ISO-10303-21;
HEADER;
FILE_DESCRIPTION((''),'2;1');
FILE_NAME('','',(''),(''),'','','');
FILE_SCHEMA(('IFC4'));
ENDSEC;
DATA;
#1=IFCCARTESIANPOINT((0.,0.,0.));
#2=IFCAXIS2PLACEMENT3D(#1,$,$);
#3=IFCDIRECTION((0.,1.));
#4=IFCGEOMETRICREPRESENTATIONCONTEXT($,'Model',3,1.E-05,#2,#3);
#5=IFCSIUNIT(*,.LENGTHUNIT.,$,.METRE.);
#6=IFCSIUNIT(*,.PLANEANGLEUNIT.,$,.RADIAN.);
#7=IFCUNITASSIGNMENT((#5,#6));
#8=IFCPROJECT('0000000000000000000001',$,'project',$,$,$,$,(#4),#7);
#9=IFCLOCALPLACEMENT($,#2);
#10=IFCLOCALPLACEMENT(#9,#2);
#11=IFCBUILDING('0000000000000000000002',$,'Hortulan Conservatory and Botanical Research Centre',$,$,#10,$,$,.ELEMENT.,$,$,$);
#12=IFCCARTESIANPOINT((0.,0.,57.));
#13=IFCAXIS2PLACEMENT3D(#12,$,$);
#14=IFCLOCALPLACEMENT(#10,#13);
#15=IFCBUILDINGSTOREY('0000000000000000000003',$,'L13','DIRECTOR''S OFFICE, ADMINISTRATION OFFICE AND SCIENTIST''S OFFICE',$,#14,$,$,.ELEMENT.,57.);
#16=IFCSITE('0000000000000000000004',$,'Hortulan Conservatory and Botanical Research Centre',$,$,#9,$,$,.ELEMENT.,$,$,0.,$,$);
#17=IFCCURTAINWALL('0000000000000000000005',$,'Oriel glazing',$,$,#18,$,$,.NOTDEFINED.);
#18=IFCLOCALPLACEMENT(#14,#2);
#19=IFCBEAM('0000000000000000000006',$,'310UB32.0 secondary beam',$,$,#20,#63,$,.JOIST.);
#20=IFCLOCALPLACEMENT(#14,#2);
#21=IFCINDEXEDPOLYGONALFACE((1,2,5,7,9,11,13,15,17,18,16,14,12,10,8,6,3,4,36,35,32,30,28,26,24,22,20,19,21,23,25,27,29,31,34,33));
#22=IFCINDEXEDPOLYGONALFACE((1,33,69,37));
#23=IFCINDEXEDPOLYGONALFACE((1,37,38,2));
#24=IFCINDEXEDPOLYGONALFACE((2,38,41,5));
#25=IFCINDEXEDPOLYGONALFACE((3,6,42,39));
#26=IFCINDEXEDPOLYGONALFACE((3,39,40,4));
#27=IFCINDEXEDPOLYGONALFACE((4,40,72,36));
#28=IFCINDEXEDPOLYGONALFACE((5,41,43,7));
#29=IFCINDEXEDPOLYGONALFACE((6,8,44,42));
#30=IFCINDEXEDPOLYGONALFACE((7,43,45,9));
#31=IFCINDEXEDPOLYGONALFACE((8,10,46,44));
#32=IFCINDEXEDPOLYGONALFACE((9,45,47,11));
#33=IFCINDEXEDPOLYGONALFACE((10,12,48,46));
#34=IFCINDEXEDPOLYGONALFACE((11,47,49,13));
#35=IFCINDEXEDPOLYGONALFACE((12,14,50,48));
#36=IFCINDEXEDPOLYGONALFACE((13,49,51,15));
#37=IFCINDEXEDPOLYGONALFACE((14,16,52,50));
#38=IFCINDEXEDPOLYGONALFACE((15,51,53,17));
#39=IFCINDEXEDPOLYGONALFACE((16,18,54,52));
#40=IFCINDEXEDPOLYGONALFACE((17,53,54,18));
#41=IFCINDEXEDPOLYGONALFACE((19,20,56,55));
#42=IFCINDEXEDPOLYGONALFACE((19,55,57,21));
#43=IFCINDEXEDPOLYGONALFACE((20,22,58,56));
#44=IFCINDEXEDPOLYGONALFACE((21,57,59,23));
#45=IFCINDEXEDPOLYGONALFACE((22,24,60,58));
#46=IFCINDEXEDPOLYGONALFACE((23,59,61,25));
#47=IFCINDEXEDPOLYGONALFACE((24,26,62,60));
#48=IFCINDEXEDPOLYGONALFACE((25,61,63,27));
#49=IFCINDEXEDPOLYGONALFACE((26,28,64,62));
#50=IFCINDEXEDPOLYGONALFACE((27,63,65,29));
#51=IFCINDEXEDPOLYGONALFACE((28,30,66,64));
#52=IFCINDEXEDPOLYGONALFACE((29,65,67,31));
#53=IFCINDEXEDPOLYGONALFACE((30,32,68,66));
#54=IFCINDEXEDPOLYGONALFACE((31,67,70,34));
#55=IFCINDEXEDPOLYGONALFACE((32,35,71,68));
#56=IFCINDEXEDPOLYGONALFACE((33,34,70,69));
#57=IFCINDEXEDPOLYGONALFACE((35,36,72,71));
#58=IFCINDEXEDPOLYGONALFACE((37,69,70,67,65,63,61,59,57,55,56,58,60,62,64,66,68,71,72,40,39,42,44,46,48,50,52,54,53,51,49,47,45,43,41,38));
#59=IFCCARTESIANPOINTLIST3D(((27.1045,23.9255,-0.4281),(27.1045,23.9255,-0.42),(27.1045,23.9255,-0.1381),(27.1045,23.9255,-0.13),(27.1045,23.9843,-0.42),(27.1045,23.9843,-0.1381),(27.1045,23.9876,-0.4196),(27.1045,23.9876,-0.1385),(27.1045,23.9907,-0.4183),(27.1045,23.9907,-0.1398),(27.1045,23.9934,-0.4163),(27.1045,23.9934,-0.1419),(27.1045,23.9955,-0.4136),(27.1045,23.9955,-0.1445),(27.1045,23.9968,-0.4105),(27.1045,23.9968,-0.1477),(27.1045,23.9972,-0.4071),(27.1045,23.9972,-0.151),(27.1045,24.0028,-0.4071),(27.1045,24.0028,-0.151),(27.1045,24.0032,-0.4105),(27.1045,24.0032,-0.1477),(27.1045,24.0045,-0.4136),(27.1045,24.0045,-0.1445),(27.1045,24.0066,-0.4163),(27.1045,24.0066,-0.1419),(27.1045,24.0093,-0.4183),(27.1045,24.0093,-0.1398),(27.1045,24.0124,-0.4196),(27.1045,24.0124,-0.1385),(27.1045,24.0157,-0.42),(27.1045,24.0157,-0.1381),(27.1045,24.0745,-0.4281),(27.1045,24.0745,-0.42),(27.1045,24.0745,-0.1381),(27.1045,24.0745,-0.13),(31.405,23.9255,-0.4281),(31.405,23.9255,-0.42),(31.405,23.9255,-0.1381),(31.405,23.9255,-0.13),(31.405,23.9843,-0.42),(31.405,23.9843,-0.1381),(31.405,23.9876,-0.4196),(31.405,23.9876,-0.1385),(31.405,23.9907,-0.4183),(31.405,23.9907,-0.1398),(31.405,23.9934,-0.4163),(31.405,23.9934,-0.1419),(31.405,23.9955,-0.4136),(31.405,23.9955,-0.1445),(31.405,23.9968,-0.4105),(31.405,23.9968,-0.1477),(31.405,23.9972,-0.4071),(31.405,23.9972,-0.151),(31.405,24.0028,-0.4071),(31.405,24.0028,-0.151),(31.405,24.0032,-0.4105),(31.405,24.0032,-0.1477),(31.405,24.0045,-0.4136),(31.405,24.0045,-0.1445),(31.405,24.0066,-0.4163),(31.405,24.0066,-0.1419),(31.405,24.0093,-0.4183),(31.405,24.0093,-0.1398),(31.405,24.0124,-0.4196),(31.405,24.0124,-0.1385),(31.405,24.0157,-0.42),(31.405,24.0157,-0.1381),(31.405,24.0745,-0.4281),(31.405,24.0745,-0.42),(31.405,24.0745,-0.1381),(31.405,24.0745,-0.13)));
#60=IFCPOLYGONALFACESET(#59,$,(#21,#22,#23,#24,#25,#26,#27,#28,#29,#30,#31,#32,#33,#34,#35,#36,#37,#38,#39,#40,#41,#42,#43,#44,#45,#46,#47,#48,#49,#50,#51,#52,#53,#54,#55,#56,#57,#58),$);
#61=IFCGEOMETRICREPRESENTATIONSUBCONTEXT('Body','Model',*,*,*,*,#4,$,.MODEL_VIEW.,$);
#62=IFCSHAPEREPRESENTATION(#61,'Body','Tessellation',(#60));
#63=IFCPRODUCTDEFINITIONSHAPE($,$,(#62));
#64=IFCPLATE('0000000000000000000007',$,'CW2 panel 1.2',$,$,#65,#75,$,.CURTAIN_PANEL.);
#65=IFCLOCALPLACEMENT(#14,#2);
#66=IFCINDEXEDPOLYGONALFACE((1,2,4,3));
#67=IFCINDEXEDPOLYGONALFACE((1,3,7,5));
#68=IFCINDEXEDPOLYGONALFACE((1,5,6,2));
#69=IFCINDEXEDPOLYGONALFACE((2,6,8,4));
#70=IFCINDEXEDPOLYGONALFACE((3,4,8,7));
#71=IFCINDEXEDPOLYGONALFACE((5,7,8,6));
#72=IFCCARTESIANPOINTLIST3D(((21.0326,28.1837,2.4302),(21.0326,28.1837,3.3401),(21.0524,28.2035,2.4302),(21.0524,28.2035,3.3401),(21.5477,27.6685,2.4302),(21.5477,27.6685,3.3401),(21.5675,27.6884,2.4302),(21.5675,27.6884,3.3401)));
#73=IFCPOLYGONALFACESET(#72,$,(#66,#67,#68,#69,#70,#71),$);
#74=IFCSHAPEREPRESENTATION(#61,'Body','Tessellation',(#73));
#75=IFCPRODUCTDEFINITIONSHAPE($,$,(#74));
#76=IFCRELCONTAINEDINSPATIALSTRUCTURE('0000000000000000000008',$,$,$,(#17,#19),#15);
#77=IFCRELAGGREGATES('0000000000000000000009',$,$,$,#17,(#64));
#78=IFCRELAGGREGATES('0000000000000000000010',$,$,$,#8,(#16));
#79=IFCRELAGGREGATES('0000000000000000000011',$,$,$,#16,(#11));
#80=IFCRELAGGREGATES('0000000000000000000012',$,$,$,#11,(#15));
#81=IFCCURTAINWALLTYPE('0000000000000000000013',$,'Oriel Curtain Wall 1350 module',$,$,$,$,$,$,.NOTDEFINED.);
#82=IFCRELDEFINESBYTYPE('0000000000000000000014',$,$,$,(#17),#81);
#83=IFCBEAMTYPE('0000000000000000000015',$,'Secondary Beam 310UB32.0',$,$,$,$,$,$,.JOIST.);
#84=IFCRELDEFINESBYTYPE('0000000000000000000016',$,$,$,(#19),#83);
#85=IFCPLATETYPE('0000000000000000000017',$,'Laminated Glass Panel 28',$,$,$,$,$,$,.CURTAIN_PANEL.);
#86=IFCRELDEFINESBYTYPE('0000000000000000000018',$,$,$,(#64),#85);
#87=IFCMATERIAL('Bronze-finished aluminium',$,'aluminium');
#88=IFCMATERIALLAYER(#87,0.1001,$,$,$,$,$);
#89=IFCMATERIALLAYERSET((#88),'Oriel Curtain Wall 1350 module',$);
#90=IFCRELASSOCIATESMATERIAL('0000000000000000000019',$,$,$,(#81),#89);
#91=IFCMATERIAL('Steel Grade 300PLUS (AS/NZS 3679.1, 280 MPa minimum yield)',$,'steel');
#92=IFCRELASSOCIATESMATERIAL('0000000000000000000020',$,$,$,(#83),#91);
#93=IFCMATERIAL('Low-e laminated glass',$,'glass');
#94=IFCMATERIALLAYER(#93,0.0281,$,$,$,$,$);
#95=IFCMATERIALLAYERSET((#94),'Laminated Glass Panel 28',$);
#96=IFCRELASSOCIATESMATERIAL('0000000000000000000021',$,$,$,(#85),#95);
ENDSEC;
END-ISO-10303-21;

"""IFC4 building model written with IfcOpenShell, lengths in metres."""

from ifc_helpers import new_model, si_unit, direction, frame, origin, origin_2d, place, context, subcontext, project, spatial, rectangle, i_section, extrude, material, layer, layer_set, material_profile, profile_set, type_object, element, aggregate, save


model = new_model("IFC4")

# Units and contexts
model_context = context("Model", 3, precision=1e-05, world=origin(), true_north=direction((0.0, 1.0)))
body_context = subcontext(model_context, "Body", "Model", "MODEL_VIEW")
ifc_project = project(units=[si_unit("LENGTHUNIT", "METRE"), si_unit("PLANEANGLEUNIT", "RADIAN")], contexts=[model_context])

# Site, building, storey
site_placement = place(None, origin())
site = spatial("IfcSite", under=ifc_project, at=site_placement, Name="Hortulan Conservatory and Botanical Research Centre", CompositionType="ELEMENT", RefElevation=0.0)
building_placement = place(site_placement, origin())
building = spatial("IfcBuilding", under=site, at=building_placement, Name="Hortulan Conservatory and Botanical Research Centre", CompositionType="ELEMENT")
storey_placement = place(building_placement, frame((0.0, 0.0, 57.0)))
storey = spatial("IfcBuildingStorey", under=building, at=storey_placement, Name="L13", Description="DIRECTOR'S OFFICE, ADMINISTRATION OFFICE AND SCIENTIST'S OFFICE", CompositionType="ELEMENT", Elevation=57.0)

# Shared definitions
ifc_material_1 = material(Name="Steel Grade 300PLUS (AS/NZS 3679.1, 280 MPa minimum yield)", Category="steel")

# Curtain wall
ifc_material_2 = material(Name="Bronze-finished aluminium", Category="aluminium")
ifc_layer_1 = layer(ifc_material_2, 0.1001)
ifc_layer_set_1 = layer_set([ifc_layer_1], Name="Oriel Curtain Wall 1350 module")
curtain_wall_type = type_object("IfcCurtainWallType", Name="Oriel Curtain Wall 1350 module", PredefinedType="NOTDEFINED", material=ifc_layer_set_1)
curtain_wall_placement = place(storey_placement, origin())
curtain_wall = element("IfcCurtainWall", 1, at=curtain_wall_placement, inside=storey, type_object=curtain_wall_type, Name="Oriel glazing", PredefinedType="NOTDEFINED")

# Beam
ifc_material_profile_1 = material_profile(ifc_material_1, i_section(OverallWidth=0.1489, OverallDepth=0.2981, WebThickness=0.0056, FlangeThickness=0.0081, FilletRadius=0.0129, at=origin_2d()), Name="310UB32.0")
ifc_profile_set_1 = profile_set([ifc_material_profile_1], Name="Steel Grade 300PLUS (AS/NZS 3679.1, 280 MPa minimum yield)")
beam_type_1 = type_object("IfcBeamType", Name="Secondary Beam 310UB32.0", PredefinedType="JOIST", material=ifc_profile_set_1)
beam_1_placement = place(storey_placement, frame((27.1045, 24.0, -0.2791), z_axis=(1.0, 0.0, 0.0), x_axis=(0.0, 1.0, 0.0)))
element("IfcBeam", 2, at=beam_1_placement, inside=storey, type_object=beam_type_1, Name="310UB32.0 secondary beam", PredefinedType="JOIST", context=body_context, shape_type="SweptSolid", body=[
    extrude(i_section(OverallWidth=0.1489, OverallDepth=0.2981, WebThickness=0.0056, FlangeThickness=0.0081, FilletRadius=0.0129, at=origin_2d()), origin(), (0.0, 0.0, 1.0), 4.3005),
])

# Plate
ifc_material_3 = material(Name="Low-e laminated glass", Category="glass")
ifc_layer_2 = layer(ifc_material_3, 0.0281)
ifc_layer_set_2 = layer_set([ifc_layer_2], Name="Laminated Glass Panel 28")
plate_type = type_object("IfcPlateType", Name="Laminated Glass Panel 28", PredefinedType="CURTAIN_PANEL", material=ifc_layer_set_2)
plate_placement = place(storey_placement, frame((21.3, 27.936, 2.4302), z_axis=(0.0, 0.0, 1.0), x_axis=(0.707107, -0.707107, 0.0)))
plate = element("IfcPlate", 3, at=plate_placement, type_object=plate_type, Name="CW2 panel 1.2", PredefinedType="CURTAIN_PANEL", context=body_context, shape_type="SweptSolid", body=[
    extrude(rectangle(XDim=0.7285, YDim=0.0281, at=origin_2d()), origin(), (0.0, 0.0, 1.0), 0.9099),
])
aggregate(curtain_wall, [plate])

save(model, "model.ifc")
